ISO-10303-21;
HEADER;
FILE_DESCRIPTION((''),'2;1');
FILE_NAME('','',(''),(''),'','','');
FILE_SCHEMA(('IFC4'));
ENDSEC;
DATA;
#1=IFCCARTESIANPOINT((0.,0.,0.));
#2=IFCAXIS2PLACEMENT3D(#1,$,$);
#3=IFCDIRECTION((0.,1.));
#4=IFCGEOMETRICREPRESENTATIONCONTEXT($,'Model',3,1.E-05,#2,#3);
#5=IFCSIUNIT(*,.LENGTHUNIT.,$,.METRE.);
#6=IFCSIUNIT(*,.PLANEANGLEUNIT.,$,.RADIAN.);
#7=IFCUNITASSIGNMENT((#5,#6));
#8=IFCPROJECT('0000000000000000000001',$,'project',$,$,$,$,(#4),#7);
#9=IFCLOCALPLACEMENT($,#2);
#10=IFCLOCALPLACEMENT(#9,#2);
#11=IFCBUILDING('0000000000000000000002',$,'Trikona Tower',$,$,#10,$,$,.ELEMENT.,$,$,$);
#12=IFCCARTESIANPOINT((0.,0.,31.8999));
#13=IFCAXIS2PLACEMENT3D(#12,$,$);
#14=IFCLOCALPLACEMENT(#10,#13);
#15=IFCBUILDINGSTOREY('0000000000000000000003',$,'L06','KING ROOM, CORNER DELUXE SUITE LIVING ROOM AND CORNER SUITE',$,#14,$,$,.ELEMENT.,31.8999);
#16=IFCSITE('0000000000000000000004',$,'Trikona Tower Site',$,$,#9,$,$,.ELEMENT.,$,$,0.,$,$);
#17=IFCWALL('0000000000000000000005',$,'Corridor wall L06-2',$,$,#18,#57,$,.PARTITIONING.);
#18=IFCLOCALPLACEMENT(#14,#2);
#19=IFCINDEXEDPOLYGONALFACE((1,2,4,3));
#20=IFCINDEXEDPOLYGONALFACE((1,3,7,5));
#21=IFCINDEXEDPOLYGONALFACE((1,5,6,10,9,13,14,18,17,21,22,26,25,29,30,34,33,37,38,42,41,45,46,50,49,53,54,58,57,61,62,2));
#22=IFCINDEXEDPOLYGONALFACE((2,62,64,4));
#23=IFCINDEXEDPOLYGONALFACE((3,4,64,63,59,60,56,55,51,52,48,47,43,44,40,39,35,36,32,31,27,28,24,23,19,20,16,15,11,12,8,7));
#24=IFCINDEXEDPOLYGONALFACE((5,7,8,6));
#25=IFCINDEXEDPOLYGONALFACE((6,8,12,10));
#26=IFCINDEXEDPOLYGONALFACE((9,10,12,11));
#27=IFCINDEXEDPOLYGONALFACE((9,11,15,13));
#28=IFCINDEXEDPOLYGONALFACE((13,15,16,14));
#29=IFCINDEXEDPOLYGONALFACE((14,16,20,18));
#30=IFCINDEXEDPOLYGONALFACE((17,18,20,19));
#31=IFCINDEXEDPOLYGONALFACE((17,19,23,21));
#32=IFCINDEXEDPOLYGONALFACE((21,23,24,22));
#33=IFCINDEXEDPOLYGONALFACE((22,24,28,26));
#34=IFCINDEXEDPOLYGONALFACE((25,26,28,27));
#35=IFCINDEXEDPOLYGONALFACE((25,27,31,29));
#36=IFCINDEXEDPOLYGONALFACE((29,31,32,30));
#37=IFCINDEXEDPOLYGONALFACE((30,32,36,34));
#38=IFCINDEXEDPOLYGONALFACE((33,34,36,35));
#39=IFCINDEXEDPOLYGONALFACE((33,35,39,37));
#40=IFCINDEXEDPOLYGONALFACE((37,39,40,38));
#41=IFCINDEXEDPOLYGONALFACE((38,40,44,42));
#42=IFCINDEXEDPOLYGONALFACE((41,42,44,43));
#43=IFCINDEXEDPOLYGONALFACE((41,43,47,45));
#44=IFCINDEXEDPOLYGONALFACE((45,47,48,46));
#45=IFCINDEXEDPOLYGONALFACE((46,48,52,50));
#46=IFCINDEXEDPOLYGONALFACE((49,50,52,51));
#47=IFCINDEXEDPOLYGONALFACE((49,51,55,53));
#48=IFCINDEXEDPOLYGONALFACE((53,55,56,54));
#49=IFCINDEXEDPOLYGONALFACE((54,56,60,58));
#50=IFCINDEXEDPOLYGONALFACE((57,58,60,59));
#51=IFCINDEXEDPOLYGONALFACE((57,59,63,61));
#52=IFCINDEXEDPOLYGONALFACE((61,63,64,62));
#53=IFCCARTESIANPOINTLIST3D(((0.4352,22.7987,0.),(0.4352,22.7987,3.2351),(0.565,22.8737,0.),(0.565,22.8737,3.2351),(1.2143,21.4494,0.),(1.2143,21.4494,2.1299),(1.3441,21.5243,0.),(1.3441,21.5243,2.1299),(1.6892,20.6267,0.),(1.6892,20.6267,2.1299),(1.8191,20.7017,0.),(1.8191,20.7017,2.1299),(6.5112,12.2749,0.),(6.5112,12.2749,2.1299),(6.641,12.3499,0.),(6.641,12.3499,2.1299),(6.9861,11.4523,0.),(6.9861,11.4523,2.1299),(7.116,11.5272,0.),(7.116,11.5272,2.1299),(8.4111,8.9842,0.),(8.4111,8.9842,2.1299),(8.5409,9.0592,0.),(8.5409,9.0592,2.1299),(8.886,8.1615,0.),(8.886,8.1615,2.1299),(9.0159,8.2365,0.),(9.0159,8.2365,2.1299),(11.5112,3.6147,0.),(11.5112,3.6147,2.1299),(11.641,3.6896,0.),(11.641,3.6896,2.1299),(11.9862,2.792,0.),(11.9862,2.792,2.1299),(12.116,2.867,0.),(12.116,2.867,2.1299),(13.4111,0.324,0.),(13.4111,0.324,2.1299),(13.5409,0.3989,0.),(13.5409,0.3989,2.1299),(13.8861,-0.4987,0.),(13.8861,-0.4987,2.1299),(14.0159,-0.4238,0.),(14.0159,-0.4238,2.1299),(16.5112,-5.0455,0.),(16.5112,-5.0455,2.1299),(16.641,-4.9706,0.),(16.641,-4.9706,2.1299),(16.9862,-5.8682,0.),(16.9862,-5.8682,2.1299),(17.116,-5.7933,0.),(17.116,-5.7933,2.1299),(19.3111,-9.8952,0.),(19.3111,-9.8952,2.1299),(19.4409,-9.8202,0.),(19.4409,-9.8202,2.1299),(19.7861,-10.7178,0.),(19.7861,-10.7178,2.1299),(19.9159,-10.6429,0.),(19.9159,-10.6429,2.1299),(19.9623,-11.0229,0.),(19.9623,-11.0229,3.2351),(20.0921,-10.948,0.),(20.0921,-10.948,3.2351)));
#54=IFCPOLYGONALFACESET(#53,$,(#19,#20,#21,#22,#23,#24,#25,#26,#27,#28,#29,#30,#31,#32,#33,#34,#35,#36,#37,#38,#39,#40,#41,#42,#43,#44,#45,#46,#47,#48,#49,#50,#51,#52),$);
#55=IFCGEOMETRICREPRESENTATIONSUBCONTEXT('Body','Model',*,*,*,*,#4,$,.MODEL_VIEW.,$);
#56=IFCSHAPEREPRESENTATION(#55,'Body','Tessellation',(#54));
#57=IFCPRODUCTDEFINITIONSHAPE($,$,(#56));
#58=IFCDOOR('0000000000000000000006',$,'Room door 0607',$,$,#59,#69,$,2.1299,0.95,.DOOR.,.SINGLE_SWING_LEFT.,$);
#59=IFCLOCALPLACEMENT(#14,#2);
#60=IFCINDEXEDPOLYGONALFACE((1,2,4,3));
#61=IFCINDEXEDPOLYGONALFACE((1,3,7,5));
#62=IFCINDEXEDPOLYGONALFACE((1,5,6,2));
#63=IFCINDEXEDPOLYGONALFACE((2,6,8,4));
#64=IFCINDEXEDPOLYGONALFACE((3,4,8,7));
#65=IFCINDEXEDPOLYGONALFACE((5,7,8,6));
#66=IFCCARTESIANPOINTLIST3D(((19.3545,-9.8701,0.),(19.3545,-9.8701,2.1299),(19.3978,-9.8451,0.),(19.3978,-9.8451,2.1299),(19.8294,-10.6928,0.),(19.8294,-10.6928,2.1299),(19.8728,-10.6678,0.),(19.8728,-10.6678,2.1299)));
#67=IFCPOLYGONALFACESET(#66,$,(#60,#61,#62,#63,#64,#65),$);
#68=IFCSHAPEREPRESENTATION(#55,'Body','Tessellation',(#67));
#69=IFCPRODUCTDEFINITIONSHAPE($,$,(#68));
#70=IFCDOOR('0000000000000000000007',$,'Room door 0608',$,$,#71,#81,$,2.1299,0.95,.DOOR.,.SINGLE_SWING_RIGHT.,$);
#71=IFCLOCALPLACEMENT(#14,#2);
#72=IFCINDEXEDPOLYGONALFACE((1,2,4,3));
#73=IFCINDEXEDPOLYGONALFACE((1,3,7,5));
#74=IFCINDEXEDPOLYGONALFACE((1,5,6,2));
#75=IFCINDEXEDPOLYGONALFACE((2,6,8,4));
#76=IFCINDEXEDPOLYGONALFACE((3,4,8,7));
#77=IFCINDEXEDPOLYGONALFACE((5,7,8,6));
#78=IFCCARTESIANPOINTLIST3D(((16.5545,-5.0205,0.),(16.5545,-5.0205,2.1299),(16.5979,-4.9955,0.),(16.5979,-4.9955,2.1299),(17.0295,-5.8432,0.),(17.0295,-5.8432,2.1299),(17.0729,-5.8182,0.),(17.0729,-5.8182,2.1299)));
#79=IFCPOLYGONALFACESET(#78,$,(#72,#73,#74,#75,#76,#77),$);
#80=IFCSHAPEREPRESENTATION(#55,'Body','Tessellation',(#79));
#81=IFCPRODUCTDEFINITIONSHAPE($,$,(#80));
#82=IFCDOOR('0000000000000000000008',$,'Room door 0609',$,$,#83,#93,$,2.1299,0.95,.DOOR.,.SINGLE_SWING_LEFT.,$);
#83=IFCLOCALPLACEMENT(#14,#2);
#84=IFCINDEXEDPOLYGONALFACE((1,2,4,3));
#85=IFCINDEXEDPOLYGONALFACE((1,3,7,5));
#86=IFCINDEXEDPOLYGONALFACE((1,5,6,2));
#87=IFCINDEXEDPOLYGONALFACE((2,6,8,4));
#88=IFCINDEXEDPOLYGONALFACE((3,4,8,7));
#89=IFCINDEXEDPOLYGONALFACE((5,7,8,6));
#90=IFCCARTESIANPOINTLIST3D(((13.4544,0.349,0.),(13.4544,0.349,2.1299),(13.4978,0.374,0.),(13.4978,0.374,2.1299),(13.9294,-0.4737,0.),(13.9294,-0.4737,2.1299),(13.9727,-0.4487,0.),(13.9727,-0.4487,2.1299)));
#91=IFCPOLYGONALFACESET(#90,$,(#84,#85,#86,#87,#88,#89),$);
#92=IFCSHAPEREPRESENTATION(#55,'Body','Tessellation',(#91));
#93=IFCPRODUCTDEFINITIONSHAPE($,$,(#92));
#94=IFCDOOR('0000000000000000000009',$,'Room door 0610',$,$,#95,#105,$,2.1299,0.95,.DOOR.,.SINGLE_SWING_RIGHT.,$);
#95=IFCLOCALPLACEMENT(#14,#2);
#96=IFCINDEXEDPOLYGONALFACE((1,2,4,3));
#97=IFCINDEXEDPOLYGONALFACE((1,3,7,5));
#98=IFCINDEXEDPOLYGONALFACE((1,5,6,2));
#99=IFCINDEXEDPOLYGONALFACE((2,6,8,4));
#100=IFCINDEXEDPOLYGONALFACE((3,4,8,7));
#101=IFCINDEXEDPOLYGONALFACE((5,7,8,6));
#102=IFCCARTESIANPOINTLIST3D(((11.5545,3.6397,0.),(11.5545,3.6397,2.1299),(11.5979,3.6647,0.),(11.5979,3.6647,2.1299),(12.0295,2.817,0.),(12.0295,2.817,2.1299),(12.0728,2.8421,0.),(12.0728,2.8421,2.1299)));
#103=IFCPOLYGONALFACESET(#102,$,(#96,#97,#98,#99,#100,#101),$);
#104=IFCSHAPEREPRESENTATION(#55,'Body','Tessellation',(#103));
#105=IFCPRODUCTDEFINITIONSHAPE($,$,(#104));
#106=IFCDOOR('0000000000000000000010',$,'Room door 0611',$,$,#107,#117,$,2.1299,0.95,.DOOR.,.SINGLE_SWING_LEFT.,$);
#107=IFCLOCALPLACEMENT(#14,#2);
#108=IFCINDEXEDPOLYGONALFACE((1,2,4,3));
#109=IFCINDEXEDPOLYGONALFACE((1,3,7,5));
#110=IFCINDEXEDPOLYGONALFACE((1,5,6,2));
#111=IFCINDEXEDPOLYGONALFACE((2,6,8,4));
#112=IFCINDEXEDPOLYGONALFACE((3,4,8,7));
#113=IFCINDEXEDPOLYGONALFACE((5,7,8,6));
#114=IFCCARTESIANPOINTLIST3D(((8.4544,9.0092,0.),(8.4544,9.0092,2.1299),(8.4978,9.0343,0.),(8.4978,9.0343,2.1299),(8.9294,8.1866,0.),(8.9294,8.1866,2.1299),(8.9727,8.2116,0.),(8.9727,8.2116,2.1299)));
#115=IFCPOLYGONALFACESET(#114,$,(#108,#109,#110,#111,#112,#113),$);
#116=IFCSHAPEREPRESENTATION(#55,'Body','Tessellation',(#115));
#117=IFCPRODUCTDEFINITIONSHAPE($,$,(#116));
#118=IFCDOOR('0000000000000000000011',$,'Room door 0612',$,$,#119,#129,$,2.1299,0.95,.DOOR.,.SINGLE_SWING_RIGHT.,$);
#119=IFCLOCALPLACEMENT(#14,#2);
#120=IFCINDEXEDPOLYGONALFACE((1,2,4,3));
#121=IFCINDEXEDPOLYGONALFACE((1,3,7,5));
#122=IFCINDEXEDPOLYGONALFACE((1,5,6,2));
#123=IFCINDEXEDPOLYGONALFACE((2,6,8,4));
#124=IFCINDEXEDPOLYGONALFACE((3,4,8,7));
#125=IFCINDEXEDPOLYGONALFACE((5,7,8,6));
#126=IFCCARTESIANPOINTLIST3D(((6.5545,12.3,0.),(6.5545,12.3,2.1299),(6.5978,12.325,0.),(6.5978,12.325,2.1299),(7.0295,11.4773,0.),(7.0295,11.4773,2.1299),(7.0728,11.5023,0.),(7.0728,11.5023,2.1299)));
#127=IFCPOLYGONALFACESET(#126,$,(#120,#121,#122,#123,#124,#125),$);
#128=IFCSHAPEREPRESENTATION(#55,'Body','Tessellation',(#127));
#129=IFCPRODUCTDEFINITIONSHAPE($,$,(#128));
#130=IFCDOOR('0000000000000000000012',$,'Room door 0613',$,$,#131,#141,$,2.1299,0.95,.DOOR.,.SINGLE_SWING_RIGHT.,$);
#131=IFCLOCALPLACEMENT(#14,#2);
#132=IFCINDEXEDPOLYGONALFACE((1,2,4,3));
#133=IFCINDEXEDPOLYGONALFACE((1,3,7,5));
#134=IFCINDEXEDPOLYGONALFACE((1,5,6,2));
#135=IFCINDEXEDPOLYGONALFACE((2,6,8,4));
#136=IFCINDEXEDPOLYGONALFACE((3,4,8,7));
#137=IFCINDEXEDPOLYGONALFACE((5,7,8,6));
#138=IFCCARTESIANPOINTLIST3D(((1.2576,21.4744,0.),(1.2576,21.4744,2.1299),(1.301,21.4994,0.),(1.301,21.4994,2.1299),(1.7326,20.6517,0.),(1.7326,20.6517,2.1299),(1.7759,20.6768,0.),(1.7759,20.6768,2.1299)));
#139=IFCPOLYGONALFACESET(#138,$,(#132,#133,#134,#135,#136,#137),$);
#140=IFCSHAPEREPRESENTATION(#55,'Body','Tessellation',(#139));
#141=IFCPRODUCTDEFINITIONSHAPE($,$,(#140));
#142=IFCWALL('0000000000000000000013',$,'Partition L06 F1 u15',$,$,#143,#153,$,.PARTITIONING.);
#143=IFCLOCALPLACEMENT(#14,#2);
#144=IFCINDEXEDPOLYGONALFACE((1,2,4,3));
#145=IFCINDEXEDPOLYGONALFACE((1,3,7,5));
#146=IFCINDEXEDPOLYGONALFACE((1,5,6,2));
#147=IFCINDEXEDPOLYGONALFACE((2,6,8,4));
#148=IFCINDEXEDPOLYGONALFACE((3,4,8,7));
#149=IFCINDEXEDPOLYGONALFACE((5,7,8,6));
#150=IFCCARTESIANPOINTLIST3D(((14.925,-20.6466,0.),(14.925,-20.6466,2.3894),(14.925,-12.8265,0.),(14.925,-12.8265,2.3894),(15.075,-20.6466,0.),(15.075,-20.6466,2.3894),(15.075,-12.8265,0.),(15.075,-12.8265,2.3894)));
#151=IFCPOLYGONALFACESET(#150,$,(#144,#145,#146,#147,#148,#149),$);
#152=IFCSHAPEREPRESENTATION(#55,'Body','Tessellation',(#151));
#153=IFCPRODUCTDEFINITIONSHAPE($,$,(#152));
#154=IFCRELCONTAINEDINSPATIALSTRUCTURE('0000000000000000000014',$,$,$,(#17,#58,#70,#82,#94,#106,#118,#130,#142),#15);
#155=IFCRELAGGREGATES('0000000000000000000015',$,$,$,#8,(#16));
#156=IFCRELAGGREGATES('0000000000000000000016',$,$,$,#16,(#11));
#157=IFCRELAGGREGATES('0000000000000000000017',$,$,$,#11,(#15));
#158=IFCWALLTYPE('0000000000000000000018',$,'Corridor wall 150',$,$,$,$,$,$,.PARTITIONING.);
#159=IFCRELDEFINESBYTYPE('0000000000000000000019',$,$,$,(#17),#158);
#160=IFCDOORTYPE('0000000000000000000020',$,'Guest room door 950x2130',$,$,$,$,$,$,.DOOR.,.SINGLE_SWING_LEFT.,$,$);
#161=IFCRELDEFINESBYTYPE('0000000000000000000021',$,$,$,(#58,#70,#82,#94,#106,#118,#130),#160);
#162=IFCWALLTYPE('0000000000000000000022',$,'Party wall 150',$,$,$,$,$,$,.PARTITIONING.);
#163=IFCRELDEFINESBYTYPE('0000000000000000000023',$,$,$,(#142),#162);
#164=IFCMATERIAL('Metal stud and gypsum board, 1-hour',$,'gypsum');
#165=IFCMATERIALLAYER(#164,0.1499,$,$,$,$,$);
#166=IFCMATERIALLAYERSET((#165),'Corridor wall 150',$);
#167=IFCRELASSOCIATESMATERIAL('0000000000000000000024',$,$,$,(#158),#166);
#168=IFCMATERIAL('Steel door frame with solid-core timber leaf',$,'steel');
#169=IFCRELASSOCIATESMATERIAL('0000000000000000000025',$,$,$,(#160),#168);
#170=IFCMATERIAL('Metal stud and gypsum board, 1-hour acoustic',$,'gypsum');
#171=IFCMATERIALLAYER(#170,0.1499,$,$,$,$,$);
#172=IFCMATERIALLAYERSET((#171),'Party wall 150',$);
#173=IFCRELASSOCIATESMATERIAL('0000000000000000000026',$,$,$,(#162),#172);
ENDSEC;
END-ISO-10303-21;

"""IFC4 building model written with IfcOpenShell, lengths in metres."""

from ifc_helpers import new_model, si_unit, direction, frame, frame_2d, origin, place, context, subcontext, project, spatial, rectangle, extrude, material, layer, layer_set, type_object, element, fill, save


model = new_model("IFC4")

# Units and contexts
model_context = context("Model", 3, precision=1e-05, world=origin(), true_north=direction((0.0, 1.0)))
body_context = subcontext(model_context, "Body", "Model", "MODEL_VIEW")
ifc_project = project(units=[si_unit("LENGTHUNIT", "METRE"), si_unit("PLANEANGLEUNIT", "RADIAN")], contexts=[model_context])

# Site, building, storey
site_placement = place(None, origin())
site = spatial("IfcSite", under=ifc_project, at=site_placement, Name="Trikona Tower Site", CompositionType="ELEMENT", RefElevation=0.0)
building_placement = place(site_placement, origin())
building = spatial("IfcBuilding", under=site, at=building_placement, Name="Trikona Tower", CompositionType="ELEMENT")
storey_placement = place(building_placement, frame((0.0, 0.0, 31.8999)))
storey = spatial("IfcBuildingStorey", under=building, at=storey_placement, Name="L06", Description="KING ROOM, CORNER DELUXE SUITE LIVING ROOM AND CORNER SUITE", CompositionType="ELEMENT", Elevation=31.8999)

# Wall, openings, doors
ifc_material_1 = material(Name="Metal stud and gypsum board, 1-hour", Category="gypsum")
ifc_layer_1 = layer(ifc_material_1, 0.1499)
ifc_layer_set_1 = layer_set([ifc_layer_1], Name="Corridor wall 150")
wall_type_1 = type_object("IfcWallType", Name="Corridor wall 150", PredefinedType="PARTITIONING", material=ifc_layer_set_1)
wall_1_placement = place(storey_placement, frame((20.0271, -10.9854, 0.0), z_axis=(0.0, 0.0, 1.0), x_axis=(-0.500002, 0.866024, 0.0)))
wall_1 = element("IfcWall", 1, at=wall_1_placement, inside=storey, type_object=wall_type_1, Name="Corridor wall L06-2", PredefinedType="PARTITIONING", context=body_context, shape_type="SweptSolid", body=[
    extrude(rectangle(XDim=39.054, YDim=0.1499, at=frame_2d((19.5269, 0.0))), origin(), (0.0, 0.0, 1.0), 3.2351),
])
opening_1_placement = place(wall_1_placement, frame((0.3521, 0.0, 0.0)))
opening_1 = element("IfcOpeningElement", 2, at=opening_1_placement, cuts=wall_1, PredefinedType="OPENING", context=body_context, shape_type="SweptSolid", body=[
    extrude(rectangle(XDim=0.95, YDim=2.1299, at=frame_2d((0.4751, 1.0649))), frame((0.0, 0.085, 0.0), z_axis=(0.0, -1.0, 0.0), x_axis=(1.0, 0.0, 0.0)), (0.0, 0.0, 1.0), 0.1699),
])
opening_2_placement = place(wall_1_placement, frame((5.9519, 0.0, 0.0)))
opening_2 = element("IfcOpeningElement", 3, at=opening_2_placement, cuts=wall_1, PredefinedType="OPENING", context=body_context, shape_type="SweptSolid", body=[
    extrude(rectangle(XDim=0.95, YDim=2.1299, at=frame_2d((0.4751, 1.0649))), frame((0.0, 0.085, 0.0), z_axis=(0.0, -1.0, 0.0), x_axis=(1.0, 0.0, 0.0)), (0.0, 0.0, 1.0), 0.1699),
])
opening_3_placement = place(wall_1_placement, frame((12.1521, 0.0, 0.0)))
opening_3 = element("IfcOpeningElement", 4, at=opening_3_placement, cuts=wall_1, PredefinedType="OPENING", context=body_context, shape_type="SweptSolid", body=[
    extrude(rectangle(XDim=0.95, YDim=2.1299, at=frame_2d((0.4751, 1.0649))), frame((0.0, 0.085, 0.0), z_axis=(0.0, -1.0, 0.0), x_axis=(1.0, 0.0, 0.0)), (0.0, 0.0, 1.0), 0.1699),
])
opening_4_placement = place(wall_1_placement, frame((15.9519, 0.0, 0.0)))
opening_4 = element("IfcOpeningElement", 5, at=opening_4_placement, cuts=wall_1, PredefinedType="OPENING", context=body_context, shape_type="SweptSolid", body=[
    extrude(rectangle(XDim=0.95, YDim=2.1299, at=frame_2d((0.4751, 1.0649))), frame((0.0, 0.085, 0.0), z_axis=(0.0, -1.0, 0.0), x_axis=(1.0, 0.0, 0.0)), (0.0, 0.0, 1.0), 0.1699),
])
opening_5_placement = place(wall_1_placement, frame((22.1521, 0.0, 0.0)))
opening_5 = element("IfcOpeningElement", 6, at=opening_5_placement, cuts=wall_1, PredefinedType="OPENING", context=body_context, shape_type="SweptSolid", body=[
    extrude(rectangle(XDim=0.95, YDim=2.1299, at=frame_2d((0.4751, 1.0649))), frame((0.0, 0.085, 0.0), z_axis=(0.0, -1.0, 0.0), x_axis=(1.0, 0.0, 0.0)), (0.0, 0.0, 1.0), 0.1699),
])
opening_6_placement = place(wall_1_placement, frame((25.9519, 0.0, 0.0)))
opening_6 = element("IfcOpeningElement", 7, at=opening_6_placement, cuts=wall_1, PredefinedType="OPENING", context=body_context, shape_type="SweptSolid", body=[
    extrude(rectangle(XDim=0.95, YDim=2.1299, at=frame_2d((0.4751, 1.0649))), frame((0.0, 0.085, 0.0), z_axis=(0.0, -1.0, 0.0), x_axis=(1.0, 0.0, 0.0)), (0.0, 0.0, 1.0), 0.1699),
])
opening_7_placement = place(wall_1_placement, frame((36.5457, 0.0, 0.0)))
opening_7 = element("IfcOpeningElement", 8, at=opening_7_placement, cuts=wall_1, PredefinedType="OPENING", context=body_context, shape_type="SweptSolid", body=[
    extrude(rectangle(XDim=0.95, YDim=2.1299, at=frame_2d((0.4751, 1.0649))), frame((0.0, 0.085, 0.0), z_axis=(0.0, -1.0, 0.0), x_axis=(1.0, 0.0, 0.0)), (0.0, 0.0, 1.0), 0.1699),
])
ifc_material_2 = material(Name="Steel door frame with solid-core timber leaf", Category="steel")
door_type_1 = type_object("IfcDoorType", Name="Guest room door 950x2130", OperationType="SINGLE_SWING_LEFT", PredefinedType="DOOR", material=ifc_material_2)
door_1_placement = place(opening_1_placement, origin())
door_1 = element("IfcDoor", 9, at=door_1_placement, inside=storey, type_object=door_type_1, Name="Room door 0607", OperationType="SINGLE_SWING_LEFT", OverallHeight=2.1299, OverallWidth=0.95, PredefinedType="DOOR", context=body_context, shape_type="SweptSolid", body=[
    extrude(rectangle(XDim=0.95, YDim=2.1299, at=frame_2d((0.4751, 1.0649))), frame((0.0, 0.0249, 0.0), z_axis=(0.0, -1.0, 0.0), x_axis=(1.0, 0.0, 0.0)), (0.0, 0.0, 1.0), 0.05),
])
fill(opening_1, door_1)
door_2_placement = place(opening_2_placement, origin())
door_2 = element("IfcDoor", 10, at=door_2_placement, inside=storey, type_object=door_type_1, Name="Room door 0608", OperationType="SINGLE_SWING_RIGHT", OverallHeight=2.1299, OverallWidth=0.95, PredefinedType="DOOR", context=body_context, shape_type="SweptSolid", body=[
    extrude(rectangle(XDim=0.95, YDim=2.1299, at=frame_2d((0.4751, 1.0649))), frame((0.0, 0.0249, 0.0), z_axis=(0.0, -1.0, 0.0), x_axis=(1.0, 0.0, 0.0)), (0.0, 0.0, 1.0), 0.05),
])
fill(opening_2, door_2)
door_3_placement = place(opening_3_placement, origin())
door_3 = element("IfcDoor", 11, at=door_3_placement, inside=storey, type_object=door_type_1, Name="Room door 0609", OperationType="SINGLE_SWING_LEFT", OverallHeight=2.1299, OverallWidth=0.95, PredefinedType="DOOR", context=body_context, shape_type="SweptSolid", body=[
    extrude(rectangle(XDim=0.95, YDim=2.1299, at=frame_2d((0.4751, 1.0649))), frame((0.0, 0.0249, 0.0), z_axis=(0.0, -1.0, 0.0), x_axis=(1.0, 0.0, 0.0)), (0.0, 0.0, 1.0), 0.05),
])
fill(opening_3, door_3)
door_4_placement = place(opening_4_placement, origin())
door_4 = element("IfcDoor", 12, at=door_4_placement, inside=storey, type_object=door_type_1, Name="Room door 0610", OperationType="SINGLE_SWING_RIGHT", OverallHeight=2.1299, OverallWidth=0.95, PredefinedType="DOOR", context=body_context, shape_type="SweptSolid", body=[
    extrude(rectangle(XDim=0.95, YDim=2.1299, at=frame_2d((0.4751, 1.0649))), frame((0.0, 0.0249, 0.0), z_axis=(0.0, -1.0, 0.0), x_axis=(1.0, 0.0, 0.0)), (0.0, 0.0, 1.0), 0.05),
])
fill(opening_4, door_4)
door_5_placement = place(opening_5_placement, origin())
door_5 = element("IfcDoor", 13, at=door_5_placement, inside=storey, type_object=door_type_1, Name="Room door 0611", OperationType="SINGLE_SWING_LEFT", OverallHeight=2.1299, OverallWidth=0.95, PredefinedType="DOOR", context=body_context, shape_type="SweptSolid", body=[
    extrude(rectangle(XDim=0.95, YDim=2.1299, at=frame_2d((0.4751, 1.0649))), frame((0.0, 0.0249, 0.0), z_axis=(0.0, -1.0, 0.0), x_axis=(1.0, 0.0, 0.0)), (0.0, 0.0, 1.0), 0.05),
])
fill(opening_5, door_5)
door_6_placement = place(opening_6_placement, origin())
door_6 = element("IfcDoor", 14, at=door_6_placement, inside=storey, type_object=door_type_1, Name="Room door 0612", OperationType="SINGLE_SWING_RIGHT", OverallHeight=2.1299, OverallWidth=0.95, PredefinedType="DOOR", context=body_context, shape_type="SweptSolid", body=[
    extrude(rectangle(XDim=0.95, YDim=2.1299, at=frame_2d((0.4751, 1.0649))), frame((0.0, 0.0249, 0.0), z_axis=(0.0, -1.0, 0.0), x_axis=(1.0, 0.0, 0.0)), (0.0, 0.0, 1.0), 0.05),
])
fill(opening_6, door_6)
door_7_placement = place(opening_7_placement, origin())
door_7 = element("IfcDoor", 15, at=door_7_placement, inside=storey, type_object=door_type_1, Name="Room door 0613", OperationType="SINGLE_SWING_RIGHT", OverallHeight=2.1299, OverallWidth=0.95, PredefinedType="DOOR", context=body_context, shape_type="SweptSolid", body=[
    extrude(rectangle(XDim=0.95, YDim=2.1299, at=frame_2d((0.4751, 1.0649))), frame((0.0, 0.0249, 0.0), z_axis=(0.0, -1.0, 0.0), x_axis=(1.0, 0.0, 0.0)), (0.0, 0.0, 1.0), 0.05),
])
fill(opening_7, door_7)

# Wall
ifc_material_3 = material(Name="Metal stud and gypsum board, 1-hour acoustic", Category="gypsum")
ifc_layer_2 = layer(ifc_material_3, 0.1499)
ifc_layer_set_2 = layer_set([ifc_layer_2], Name="Party wall 150")
wall_type_2 = type_object("IfcWallType", Name="Party wall 150", PredefinedType="PARTITIONING", material=ifc_layer_set_2)
wall_2_placement = place(storey_placement, frame((15.0, -12.8264, 0.0), z_axis=(0.0, 0.0, 1.0), x_axis=(0.0, -1.0, 0.0)))
element("IfcWall", 16, at=wall_2_placement, inside=storey, type_object=wall_type_2, Name="Partition L06 F1 u15", PredefinedType="PARTITIONING", context=body_context, shape_type="SweptSolid", body=[
    extrude(rectangle(XDim=7.8201, YDim=0.1499, at=frame_2d((3.9102, 0.0))), origin(), (0.0, 0.0, 1.0), 2.3894),
])

save(model, "model.ifc")
